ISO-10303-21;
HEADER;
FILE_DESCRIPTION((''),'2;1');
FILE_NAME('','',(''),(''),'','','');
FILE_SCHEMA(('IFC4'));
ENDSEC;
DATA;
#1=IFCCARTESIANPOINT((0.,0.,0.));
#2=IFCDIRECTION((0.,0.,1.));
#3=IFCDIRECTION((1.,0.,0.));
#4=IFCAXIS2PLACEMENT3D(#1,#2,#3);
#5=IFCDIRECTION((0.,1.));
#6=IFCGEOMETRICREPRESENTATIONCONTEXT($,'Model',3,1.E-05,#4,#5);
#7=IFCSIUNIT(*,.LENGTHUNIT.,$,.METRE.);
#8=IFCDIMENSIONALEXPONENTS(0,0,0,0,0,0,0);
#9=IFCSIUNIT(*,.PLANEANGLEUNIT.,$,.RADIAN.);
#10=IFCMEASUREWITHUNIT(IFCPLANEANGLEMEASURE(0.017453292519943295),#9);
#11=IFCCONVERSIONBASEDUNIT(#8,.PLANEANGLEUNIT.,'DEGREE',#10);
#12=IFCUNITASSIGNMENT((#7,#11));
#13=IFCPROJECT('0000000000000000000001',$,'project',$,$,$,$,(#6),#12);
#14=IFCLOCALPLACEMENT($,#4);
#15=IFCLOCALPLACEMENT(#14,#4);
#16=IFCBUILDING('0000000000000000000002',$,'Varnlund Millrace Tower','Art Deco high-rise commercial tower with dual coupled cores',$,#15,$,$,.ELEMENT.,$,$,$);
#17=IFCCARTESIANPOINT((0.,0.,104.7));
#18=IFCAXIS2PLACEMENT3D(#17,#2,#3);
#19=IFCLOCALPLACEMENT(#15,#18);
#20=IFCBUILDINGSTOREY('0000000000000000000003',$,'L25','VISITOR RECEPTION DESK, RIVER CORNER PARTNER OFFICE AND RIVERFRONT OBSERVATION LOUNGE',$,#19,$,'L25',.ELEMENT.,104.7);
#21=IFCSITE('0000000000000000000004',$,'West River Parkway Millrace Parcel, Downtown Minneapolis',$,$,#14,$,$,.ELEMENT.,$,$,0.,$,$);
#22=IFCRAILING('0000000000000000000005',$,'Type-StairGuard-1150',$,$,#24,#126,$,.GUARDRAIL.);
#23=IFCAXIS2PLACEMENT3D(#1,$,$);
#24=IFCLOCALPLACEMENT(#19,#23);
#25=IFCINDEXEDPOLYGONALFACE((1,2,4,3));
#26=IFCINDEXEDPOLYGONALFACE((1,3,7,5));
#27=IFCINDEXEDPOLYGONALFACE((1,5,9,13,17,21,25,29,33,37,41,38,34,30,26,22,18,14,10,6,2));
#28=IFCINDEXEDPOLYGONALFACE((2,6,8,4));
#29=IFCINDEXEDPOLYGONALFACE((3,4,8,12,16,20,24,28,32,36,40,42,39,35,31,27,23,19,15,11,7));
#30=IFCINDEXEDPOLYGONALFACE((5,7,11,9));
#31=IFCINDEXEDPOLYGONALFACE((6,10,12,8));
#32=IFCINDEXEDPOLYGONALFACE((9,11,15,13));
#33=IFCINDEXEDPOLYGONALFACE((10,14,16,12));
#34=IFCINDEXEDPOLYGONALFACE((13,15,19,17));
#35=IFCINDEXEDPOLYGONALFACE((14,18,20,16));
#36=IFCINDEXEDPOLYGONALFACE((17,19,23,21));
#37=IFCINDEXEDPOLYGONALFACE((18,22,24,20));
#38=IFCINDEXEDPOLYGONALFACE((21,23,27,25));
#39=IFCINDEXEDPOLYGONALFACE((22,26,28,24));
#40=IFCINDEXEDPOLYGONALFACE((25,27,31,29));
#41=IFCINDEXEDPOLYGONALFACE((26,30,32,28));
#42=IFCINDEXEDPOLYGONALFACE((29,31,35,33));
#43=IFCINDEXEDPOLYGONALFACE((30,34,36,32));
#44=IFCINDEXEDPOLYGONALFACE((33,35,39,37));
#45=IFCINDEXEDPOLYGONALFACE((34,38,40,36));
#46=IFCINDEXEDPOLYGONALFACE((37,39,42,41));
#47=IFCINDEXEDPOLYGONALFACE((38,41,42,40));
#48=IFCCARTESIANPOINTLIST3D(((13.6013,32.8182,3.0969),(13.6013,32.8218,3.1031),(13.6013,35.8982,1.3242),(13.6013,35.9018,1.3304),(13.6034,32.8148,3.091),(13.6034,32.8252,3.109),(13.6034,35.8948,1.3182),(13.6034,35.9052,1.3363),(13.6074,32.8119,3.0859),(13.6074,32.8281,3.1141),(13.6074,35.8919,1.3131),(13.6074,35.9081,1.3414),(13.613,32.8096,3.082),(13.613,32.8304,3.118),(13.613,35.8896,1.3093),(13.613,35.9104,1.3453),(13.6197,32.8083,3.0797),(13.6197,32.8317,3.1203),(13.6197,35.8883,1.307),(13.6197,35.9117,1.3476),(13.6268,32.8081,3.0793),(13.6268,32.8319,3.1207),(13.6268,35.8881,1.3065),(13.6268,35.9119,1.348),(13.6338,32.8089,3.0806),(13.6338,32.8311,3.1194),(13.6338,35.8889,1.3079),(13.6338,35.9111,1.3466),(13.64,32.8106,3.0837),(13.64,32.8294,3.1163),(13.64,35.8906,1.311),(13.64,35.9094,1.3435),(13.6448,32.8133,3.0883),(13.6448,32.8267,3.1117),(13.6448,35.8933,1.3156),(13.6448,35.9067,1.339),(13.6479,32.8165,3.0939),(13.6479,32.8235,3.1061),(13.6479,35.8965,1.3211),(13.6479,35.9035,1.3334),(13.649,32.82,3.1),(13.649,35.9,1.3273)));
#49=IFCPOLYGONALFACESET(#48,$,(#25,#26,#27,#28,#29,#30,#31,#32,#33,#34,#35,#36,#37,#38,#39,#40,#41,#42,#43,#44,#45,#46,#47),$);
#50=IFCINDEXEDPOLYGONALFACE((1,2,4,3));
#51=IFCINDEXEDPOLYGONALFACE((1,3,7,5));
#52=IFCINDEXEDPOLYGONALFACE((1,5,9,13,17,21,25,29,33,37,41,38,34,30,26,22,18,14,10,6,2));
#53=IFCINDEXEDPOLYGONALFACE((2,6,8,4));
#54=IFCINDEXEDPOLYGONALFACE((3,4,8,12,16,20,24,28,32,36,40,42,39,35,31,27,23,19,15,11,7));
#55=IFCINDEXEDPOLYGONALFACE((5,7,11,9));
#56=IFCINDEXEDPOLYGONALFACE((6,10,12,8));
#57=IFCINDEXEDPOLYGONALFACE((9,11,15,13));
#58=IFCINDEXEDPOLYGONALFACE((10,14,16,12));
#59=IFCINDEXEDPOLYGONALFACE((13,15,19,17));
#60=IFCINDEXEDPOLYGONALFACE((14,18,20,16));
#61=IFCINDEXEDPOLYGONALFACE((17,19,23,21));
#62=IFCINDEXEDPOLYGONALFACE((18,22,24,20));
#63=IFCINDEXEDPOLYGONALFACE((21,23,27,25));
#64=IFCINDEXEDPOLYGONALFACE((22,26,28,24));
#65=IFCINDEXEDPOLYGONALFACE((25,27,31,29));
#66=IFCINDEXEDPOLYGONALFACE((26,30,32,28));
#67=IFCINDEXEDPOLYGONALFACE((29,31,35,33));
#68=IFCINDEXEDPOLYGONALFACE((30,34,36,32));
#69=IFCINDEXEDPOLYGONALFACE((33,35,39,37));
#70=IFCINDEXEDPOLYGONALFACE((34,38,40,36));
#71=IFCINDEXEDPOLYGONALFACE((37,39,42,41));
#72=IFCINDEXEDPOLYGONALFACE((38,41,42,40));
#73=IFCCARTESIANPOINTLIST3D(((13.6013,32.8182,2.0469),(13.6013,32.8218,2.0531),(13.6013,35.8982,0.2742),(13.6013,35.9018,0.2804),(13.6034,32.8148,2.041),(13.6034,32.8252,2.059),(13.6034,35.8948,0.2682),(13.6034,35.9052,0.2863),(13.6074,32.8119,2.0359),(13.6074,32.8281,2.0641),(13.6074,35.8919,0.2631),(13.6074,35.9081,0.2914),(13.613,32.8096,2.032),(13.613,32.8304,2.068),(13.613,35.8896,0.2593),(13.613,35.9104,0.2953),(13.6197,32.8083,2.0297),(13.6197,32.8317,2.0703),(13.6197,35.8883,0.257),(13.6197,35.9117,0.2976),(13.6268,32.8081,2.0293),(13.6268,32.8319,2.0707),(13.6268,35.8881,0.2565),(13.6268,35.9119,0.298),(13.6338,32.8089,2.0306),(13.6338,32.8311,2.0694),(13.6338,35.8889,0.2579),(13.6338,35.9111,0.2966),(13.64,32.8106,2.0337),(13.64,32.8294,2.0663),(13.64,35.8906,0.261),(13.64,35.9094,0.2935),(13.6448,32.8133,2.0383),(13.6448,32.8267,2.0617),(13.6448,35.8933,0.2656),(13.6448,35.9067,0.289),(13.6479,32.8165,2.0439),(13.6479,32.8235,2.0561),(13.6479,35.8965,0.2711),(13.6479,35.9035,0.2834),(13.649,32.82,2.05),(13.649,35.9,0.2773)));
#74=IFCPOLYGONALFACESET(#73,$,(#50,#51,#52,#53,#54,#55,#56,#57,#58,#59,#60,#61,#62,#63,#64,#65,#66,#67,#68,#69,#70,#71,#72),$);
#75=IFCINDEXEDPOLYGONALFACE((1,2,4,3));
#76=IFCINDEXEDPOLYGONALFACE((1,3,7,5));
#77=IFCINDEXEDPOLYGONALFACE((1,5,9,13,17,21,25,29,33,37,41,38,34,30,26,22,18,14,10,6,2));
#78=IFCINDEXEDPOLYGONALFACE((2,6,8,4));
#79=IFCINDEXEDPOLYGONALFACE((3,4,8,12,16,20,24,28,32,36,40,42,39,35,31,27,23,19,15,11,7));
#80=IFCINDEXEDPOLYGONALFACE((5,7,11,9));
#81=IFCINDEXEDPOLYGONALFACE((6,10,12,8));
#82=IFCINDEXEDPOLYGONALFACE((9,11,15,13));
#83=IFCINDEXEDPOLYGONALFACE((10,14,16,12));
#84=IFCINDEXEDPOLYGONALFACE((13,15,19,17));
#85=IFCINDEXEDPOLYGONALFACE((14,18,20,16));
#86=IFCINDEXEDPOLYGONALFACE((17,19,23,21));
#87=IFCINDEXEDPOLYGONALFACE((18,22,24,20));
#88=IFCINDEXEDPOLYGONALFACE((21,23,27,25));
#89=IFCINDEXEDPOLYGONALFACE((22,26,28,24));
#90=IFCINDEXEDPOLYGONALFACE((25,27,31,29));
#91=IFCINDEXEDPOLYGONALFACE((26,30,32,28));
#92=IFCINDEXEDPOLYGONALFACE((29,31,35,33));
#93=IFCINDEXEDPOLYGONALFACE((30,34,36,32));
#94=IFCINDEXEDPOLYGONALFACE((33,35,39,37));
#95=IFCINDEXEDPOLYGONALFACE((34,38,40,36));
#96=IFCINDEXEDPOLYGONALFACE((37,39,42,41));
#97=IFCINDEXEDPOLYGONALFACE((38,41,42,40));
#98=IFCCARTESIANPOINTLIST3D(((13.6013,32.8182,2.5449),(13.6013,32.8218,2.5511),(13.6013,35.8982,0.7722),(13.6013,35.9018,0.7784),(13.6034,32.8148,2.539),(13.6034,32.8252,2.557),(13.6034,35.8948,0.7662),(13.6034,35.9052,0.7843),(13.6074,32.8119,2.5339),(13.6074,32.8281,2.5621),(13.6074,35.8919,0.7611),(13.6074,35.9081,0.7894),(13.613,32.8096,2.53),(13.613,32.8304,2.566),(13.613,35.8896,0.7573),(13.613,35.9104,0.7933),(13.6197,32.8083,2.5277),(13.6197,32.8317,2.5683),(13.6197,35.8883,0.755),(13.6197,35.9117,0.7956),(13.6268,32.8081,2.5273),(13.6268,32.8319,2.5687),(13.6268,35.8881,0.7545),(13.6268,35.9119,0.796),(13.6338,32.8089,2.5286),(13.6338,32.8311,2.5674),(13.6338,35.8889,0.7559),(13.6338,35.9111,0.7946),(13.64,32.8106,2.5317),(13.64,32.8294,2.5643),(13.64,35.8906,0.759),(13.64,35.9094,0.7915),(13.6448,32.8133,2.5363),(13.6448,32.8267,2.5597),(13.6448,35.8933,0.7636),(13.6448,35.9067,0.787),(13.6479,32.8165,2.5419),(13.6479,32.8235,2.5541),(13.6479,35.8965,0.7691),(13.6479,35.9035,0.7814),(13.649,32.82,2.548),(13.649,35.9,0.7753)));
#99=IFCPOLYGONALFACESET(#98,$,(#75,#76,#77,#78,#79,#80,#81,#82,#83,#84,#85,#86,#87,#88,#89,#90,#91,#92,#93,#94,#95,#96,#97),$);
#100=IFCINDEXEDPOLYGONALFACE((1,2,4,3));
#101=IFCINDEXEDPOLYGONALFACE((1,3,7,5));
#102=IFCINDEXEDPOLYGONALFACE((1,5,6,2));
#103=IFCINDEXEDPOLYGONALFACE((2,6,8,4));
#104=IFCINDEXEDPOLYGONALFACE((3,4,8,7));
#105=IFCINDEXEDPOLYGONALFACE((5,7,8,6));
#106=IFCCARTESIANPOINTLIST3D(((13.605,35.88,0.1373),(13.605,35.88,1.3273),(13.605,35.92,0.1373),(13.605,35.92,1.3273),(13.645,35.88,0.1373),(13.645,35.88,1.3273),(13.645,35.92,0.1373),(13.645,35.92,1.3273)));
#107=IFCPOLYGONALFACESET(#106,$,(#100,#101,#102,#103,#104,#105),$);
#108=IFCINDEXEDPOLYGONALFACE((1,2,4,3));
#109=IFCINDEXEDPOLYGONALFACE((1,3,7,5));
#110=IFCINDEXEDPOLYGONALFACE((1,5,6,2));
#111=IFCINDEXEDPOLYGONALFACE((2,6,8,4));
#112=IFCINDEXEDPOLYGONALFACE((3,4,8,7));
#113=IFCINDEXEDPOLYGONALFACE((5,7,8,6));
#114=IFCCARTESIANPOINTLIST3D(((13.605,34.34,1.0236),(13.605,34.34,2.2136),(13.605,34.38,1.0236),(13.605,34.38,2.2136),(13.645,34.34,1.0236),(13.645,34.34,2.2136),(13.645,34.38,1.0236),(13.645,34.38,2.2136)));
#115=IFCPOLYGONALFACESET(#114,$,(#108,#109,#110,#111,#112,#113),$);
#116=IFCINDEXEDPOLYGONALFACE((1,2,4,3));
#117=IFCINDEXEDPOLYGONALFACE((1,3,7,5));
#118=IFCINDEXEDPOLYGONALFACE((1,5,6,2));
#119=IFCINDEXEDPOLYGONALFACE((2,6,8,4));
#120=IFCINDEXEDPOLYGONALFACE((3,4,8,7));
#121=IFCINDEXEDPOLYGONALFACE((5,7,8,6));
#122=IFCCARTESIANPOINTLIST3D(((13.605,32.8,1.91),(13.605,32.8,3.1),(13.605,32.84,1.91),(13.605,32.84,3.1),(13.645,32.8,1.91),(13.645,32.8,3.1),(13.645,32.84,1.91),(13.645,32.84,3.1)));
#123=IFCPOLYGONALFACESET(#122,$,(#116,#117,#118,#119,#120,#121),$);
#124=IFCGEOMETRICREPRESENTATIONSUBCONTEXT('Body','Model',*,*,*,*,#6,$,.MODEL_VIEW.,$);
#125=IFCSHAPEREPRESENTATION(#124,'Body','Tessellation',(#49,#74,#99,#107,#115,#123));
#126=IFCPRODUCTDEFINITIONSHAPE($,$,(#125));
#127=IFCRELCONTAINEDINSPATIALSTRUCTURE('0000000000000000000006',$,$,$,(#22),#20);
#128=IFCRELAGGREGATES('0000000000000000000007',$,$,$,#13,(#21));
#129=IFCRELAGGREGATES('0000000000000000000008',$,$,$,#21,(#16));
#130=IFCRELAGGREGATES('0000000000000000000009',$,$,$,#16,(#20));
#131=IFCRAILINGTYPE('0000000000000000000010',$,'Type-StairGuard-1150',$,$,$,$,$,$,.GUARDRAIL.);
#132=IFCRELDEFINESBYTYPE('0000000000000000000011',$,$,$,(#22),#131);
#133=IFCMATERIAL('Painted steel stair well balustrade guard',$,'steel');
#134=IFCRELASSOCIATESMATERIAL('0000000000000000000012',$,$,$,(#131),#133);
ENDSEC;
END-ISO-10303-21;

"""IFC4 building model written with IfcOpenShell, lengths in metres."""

from ifc_helpers import new_model, entity, si_unit, converted_unit, direction, frame, origin_with_axes, origin_2d_with_axis, place, context, subcontext, project, spatial, rectangle, circle, extrude, material, type_object, element, save


model = new_model("IFC4")

# Units and contexts
model_context = context("Model", 3, precision=1e-05, world=origin_with_axes(), true_north=direction((0.0, 1.0)))
body_context = subcontext(model_context, "Body", "Model", "MODEL_VIEW")
ifc_project = project(units=[si_unit("LENGTHUNIT", "METRE"), converted_unit("PLANEANGLEUNIT", "DEGREE", entity("IfcPlaneAngleMeasure", 0.017453292519943295), si_unit("PLANEANGLEUNIT", "RADIAN"), dimensions=[0, 0, 0, 0, 0, 0, 0])], contexts=[model_context])

# Site, building, storey
site_placement = place(None, origin_with_axes())
site = spatial("IfcSite", under=ifc_project, at=site_placement, Name="West River Parkway Millrace Parcel, Downtown Minneapolis", CompositionType="ELEMENT", RefElevation=0.0)
building_placement = place(site_placement, origin_with_axes())
building = spatial("IfcBuilding", under=site, at=building_placement, Name="Varnlund Millrace Tower", Description="Art Deco high-rise commercial tower with dual coupled cores", CompositionType="ELEMENT")
storey_placement = place(building_placement, frame((0.0, 0.0, 104.7), z_axis=(0.0, 0.0, 1.0), x_axis=(1.0, 0.0, 0.0)))
storey = spatial("IfcBuildingStorey", under=building, at=storey_placement, Name="L25", Description="VISITOR RECEPTION DESK, RIVER CORNER PARTNER OFFICE AND RIVERFRONT OBSERVATION LOUNGE", LongName="L25", CompositionType="ELEMENT", Elevation=104.7)

# Railing
ifc_material_1 = material(Name="Painted steel stair well balustrade guard", Category="steel")
railing_type_1 = type_object("IfcRailingType", Name="Type-StairGuard-1150", PredefinedType="GUARDRAIL", material=ifc_material_1)
railing_1_placement = place(storey_placement, frame((0.0, 0.0, -104.7), z_axis=(0.0, 0.0, 1.0), x_axis=(1.0, 0.0, 0.0)))
element("IfcRailing", 1, at=railing_1_placement, inside=storey, type_object=railing_type_1, Name="Type-StairGuard-1150", PredefinedType="GUARDRAIL", context=body_context, shape_type="SweptSolid", body=[
    extrude(circle(Radius=0.024, at=origin_2d_with_axis()), frame((13.625, 35.9, 106.0273), z_axis=(0.0, -0.866696, 0.498836), x_axis=(1.0, 0.0, 0.0)), (0.0, 0.0, 1.0), 3.5537),
    extrude(circle(Radius=0.024, at=origin_2d_with_axis()), frame((13.625, 35.9, 104.9773), z_axis=(0.0, -0.866696, 0.498836), x_axis=(1.0, 0.0, 0.0)), (0.0, 0.0, 1.0), 3.5537),
    extrude(circle(Radius=0.024, at=origin_2d_with_axis()), frame((13.625, 35.9, 105.4753), z_axis=(0.0, -0.866696, 0.498836), x_axis=(1.0, 0.0, 0.0)), (0.0, 0.0, 1.0), 3.5537),
    extrude(rectangle(XDim=0.04, YDim=0.04, at=origin_2d_with_axis()), frame((13.625, 35.9, 104.8373), z_axis=(0.0, 0.0, 1.0), x_axis=(1.0, 0.0, 0.0)), (0.0, 0.0, 1.0), 1.19),
    extrude(rectangle(XDim=0.04, YDim=0.04, at=origin_2d_with_axis()), frame((13.625, 34.36, 105.7236), z_axis=(0.0, 0.0, 1.0), x_axis=(1.0, 0.0, 0.0)), (0.0, 0.0, 1.0), 1.19),
    extrude(rectangle(XDim=0.04, YDim=0.04, at=origin_2d_with_axis()), frame((13.625, 32.82, 106.61), z_axis=(0.0, 0.0, 1.0), x_axis=(1.0, 0.0, 0.0)), (0.0, 0.0, 1.0), 1.19),
])

save(model, "model.ifc")
